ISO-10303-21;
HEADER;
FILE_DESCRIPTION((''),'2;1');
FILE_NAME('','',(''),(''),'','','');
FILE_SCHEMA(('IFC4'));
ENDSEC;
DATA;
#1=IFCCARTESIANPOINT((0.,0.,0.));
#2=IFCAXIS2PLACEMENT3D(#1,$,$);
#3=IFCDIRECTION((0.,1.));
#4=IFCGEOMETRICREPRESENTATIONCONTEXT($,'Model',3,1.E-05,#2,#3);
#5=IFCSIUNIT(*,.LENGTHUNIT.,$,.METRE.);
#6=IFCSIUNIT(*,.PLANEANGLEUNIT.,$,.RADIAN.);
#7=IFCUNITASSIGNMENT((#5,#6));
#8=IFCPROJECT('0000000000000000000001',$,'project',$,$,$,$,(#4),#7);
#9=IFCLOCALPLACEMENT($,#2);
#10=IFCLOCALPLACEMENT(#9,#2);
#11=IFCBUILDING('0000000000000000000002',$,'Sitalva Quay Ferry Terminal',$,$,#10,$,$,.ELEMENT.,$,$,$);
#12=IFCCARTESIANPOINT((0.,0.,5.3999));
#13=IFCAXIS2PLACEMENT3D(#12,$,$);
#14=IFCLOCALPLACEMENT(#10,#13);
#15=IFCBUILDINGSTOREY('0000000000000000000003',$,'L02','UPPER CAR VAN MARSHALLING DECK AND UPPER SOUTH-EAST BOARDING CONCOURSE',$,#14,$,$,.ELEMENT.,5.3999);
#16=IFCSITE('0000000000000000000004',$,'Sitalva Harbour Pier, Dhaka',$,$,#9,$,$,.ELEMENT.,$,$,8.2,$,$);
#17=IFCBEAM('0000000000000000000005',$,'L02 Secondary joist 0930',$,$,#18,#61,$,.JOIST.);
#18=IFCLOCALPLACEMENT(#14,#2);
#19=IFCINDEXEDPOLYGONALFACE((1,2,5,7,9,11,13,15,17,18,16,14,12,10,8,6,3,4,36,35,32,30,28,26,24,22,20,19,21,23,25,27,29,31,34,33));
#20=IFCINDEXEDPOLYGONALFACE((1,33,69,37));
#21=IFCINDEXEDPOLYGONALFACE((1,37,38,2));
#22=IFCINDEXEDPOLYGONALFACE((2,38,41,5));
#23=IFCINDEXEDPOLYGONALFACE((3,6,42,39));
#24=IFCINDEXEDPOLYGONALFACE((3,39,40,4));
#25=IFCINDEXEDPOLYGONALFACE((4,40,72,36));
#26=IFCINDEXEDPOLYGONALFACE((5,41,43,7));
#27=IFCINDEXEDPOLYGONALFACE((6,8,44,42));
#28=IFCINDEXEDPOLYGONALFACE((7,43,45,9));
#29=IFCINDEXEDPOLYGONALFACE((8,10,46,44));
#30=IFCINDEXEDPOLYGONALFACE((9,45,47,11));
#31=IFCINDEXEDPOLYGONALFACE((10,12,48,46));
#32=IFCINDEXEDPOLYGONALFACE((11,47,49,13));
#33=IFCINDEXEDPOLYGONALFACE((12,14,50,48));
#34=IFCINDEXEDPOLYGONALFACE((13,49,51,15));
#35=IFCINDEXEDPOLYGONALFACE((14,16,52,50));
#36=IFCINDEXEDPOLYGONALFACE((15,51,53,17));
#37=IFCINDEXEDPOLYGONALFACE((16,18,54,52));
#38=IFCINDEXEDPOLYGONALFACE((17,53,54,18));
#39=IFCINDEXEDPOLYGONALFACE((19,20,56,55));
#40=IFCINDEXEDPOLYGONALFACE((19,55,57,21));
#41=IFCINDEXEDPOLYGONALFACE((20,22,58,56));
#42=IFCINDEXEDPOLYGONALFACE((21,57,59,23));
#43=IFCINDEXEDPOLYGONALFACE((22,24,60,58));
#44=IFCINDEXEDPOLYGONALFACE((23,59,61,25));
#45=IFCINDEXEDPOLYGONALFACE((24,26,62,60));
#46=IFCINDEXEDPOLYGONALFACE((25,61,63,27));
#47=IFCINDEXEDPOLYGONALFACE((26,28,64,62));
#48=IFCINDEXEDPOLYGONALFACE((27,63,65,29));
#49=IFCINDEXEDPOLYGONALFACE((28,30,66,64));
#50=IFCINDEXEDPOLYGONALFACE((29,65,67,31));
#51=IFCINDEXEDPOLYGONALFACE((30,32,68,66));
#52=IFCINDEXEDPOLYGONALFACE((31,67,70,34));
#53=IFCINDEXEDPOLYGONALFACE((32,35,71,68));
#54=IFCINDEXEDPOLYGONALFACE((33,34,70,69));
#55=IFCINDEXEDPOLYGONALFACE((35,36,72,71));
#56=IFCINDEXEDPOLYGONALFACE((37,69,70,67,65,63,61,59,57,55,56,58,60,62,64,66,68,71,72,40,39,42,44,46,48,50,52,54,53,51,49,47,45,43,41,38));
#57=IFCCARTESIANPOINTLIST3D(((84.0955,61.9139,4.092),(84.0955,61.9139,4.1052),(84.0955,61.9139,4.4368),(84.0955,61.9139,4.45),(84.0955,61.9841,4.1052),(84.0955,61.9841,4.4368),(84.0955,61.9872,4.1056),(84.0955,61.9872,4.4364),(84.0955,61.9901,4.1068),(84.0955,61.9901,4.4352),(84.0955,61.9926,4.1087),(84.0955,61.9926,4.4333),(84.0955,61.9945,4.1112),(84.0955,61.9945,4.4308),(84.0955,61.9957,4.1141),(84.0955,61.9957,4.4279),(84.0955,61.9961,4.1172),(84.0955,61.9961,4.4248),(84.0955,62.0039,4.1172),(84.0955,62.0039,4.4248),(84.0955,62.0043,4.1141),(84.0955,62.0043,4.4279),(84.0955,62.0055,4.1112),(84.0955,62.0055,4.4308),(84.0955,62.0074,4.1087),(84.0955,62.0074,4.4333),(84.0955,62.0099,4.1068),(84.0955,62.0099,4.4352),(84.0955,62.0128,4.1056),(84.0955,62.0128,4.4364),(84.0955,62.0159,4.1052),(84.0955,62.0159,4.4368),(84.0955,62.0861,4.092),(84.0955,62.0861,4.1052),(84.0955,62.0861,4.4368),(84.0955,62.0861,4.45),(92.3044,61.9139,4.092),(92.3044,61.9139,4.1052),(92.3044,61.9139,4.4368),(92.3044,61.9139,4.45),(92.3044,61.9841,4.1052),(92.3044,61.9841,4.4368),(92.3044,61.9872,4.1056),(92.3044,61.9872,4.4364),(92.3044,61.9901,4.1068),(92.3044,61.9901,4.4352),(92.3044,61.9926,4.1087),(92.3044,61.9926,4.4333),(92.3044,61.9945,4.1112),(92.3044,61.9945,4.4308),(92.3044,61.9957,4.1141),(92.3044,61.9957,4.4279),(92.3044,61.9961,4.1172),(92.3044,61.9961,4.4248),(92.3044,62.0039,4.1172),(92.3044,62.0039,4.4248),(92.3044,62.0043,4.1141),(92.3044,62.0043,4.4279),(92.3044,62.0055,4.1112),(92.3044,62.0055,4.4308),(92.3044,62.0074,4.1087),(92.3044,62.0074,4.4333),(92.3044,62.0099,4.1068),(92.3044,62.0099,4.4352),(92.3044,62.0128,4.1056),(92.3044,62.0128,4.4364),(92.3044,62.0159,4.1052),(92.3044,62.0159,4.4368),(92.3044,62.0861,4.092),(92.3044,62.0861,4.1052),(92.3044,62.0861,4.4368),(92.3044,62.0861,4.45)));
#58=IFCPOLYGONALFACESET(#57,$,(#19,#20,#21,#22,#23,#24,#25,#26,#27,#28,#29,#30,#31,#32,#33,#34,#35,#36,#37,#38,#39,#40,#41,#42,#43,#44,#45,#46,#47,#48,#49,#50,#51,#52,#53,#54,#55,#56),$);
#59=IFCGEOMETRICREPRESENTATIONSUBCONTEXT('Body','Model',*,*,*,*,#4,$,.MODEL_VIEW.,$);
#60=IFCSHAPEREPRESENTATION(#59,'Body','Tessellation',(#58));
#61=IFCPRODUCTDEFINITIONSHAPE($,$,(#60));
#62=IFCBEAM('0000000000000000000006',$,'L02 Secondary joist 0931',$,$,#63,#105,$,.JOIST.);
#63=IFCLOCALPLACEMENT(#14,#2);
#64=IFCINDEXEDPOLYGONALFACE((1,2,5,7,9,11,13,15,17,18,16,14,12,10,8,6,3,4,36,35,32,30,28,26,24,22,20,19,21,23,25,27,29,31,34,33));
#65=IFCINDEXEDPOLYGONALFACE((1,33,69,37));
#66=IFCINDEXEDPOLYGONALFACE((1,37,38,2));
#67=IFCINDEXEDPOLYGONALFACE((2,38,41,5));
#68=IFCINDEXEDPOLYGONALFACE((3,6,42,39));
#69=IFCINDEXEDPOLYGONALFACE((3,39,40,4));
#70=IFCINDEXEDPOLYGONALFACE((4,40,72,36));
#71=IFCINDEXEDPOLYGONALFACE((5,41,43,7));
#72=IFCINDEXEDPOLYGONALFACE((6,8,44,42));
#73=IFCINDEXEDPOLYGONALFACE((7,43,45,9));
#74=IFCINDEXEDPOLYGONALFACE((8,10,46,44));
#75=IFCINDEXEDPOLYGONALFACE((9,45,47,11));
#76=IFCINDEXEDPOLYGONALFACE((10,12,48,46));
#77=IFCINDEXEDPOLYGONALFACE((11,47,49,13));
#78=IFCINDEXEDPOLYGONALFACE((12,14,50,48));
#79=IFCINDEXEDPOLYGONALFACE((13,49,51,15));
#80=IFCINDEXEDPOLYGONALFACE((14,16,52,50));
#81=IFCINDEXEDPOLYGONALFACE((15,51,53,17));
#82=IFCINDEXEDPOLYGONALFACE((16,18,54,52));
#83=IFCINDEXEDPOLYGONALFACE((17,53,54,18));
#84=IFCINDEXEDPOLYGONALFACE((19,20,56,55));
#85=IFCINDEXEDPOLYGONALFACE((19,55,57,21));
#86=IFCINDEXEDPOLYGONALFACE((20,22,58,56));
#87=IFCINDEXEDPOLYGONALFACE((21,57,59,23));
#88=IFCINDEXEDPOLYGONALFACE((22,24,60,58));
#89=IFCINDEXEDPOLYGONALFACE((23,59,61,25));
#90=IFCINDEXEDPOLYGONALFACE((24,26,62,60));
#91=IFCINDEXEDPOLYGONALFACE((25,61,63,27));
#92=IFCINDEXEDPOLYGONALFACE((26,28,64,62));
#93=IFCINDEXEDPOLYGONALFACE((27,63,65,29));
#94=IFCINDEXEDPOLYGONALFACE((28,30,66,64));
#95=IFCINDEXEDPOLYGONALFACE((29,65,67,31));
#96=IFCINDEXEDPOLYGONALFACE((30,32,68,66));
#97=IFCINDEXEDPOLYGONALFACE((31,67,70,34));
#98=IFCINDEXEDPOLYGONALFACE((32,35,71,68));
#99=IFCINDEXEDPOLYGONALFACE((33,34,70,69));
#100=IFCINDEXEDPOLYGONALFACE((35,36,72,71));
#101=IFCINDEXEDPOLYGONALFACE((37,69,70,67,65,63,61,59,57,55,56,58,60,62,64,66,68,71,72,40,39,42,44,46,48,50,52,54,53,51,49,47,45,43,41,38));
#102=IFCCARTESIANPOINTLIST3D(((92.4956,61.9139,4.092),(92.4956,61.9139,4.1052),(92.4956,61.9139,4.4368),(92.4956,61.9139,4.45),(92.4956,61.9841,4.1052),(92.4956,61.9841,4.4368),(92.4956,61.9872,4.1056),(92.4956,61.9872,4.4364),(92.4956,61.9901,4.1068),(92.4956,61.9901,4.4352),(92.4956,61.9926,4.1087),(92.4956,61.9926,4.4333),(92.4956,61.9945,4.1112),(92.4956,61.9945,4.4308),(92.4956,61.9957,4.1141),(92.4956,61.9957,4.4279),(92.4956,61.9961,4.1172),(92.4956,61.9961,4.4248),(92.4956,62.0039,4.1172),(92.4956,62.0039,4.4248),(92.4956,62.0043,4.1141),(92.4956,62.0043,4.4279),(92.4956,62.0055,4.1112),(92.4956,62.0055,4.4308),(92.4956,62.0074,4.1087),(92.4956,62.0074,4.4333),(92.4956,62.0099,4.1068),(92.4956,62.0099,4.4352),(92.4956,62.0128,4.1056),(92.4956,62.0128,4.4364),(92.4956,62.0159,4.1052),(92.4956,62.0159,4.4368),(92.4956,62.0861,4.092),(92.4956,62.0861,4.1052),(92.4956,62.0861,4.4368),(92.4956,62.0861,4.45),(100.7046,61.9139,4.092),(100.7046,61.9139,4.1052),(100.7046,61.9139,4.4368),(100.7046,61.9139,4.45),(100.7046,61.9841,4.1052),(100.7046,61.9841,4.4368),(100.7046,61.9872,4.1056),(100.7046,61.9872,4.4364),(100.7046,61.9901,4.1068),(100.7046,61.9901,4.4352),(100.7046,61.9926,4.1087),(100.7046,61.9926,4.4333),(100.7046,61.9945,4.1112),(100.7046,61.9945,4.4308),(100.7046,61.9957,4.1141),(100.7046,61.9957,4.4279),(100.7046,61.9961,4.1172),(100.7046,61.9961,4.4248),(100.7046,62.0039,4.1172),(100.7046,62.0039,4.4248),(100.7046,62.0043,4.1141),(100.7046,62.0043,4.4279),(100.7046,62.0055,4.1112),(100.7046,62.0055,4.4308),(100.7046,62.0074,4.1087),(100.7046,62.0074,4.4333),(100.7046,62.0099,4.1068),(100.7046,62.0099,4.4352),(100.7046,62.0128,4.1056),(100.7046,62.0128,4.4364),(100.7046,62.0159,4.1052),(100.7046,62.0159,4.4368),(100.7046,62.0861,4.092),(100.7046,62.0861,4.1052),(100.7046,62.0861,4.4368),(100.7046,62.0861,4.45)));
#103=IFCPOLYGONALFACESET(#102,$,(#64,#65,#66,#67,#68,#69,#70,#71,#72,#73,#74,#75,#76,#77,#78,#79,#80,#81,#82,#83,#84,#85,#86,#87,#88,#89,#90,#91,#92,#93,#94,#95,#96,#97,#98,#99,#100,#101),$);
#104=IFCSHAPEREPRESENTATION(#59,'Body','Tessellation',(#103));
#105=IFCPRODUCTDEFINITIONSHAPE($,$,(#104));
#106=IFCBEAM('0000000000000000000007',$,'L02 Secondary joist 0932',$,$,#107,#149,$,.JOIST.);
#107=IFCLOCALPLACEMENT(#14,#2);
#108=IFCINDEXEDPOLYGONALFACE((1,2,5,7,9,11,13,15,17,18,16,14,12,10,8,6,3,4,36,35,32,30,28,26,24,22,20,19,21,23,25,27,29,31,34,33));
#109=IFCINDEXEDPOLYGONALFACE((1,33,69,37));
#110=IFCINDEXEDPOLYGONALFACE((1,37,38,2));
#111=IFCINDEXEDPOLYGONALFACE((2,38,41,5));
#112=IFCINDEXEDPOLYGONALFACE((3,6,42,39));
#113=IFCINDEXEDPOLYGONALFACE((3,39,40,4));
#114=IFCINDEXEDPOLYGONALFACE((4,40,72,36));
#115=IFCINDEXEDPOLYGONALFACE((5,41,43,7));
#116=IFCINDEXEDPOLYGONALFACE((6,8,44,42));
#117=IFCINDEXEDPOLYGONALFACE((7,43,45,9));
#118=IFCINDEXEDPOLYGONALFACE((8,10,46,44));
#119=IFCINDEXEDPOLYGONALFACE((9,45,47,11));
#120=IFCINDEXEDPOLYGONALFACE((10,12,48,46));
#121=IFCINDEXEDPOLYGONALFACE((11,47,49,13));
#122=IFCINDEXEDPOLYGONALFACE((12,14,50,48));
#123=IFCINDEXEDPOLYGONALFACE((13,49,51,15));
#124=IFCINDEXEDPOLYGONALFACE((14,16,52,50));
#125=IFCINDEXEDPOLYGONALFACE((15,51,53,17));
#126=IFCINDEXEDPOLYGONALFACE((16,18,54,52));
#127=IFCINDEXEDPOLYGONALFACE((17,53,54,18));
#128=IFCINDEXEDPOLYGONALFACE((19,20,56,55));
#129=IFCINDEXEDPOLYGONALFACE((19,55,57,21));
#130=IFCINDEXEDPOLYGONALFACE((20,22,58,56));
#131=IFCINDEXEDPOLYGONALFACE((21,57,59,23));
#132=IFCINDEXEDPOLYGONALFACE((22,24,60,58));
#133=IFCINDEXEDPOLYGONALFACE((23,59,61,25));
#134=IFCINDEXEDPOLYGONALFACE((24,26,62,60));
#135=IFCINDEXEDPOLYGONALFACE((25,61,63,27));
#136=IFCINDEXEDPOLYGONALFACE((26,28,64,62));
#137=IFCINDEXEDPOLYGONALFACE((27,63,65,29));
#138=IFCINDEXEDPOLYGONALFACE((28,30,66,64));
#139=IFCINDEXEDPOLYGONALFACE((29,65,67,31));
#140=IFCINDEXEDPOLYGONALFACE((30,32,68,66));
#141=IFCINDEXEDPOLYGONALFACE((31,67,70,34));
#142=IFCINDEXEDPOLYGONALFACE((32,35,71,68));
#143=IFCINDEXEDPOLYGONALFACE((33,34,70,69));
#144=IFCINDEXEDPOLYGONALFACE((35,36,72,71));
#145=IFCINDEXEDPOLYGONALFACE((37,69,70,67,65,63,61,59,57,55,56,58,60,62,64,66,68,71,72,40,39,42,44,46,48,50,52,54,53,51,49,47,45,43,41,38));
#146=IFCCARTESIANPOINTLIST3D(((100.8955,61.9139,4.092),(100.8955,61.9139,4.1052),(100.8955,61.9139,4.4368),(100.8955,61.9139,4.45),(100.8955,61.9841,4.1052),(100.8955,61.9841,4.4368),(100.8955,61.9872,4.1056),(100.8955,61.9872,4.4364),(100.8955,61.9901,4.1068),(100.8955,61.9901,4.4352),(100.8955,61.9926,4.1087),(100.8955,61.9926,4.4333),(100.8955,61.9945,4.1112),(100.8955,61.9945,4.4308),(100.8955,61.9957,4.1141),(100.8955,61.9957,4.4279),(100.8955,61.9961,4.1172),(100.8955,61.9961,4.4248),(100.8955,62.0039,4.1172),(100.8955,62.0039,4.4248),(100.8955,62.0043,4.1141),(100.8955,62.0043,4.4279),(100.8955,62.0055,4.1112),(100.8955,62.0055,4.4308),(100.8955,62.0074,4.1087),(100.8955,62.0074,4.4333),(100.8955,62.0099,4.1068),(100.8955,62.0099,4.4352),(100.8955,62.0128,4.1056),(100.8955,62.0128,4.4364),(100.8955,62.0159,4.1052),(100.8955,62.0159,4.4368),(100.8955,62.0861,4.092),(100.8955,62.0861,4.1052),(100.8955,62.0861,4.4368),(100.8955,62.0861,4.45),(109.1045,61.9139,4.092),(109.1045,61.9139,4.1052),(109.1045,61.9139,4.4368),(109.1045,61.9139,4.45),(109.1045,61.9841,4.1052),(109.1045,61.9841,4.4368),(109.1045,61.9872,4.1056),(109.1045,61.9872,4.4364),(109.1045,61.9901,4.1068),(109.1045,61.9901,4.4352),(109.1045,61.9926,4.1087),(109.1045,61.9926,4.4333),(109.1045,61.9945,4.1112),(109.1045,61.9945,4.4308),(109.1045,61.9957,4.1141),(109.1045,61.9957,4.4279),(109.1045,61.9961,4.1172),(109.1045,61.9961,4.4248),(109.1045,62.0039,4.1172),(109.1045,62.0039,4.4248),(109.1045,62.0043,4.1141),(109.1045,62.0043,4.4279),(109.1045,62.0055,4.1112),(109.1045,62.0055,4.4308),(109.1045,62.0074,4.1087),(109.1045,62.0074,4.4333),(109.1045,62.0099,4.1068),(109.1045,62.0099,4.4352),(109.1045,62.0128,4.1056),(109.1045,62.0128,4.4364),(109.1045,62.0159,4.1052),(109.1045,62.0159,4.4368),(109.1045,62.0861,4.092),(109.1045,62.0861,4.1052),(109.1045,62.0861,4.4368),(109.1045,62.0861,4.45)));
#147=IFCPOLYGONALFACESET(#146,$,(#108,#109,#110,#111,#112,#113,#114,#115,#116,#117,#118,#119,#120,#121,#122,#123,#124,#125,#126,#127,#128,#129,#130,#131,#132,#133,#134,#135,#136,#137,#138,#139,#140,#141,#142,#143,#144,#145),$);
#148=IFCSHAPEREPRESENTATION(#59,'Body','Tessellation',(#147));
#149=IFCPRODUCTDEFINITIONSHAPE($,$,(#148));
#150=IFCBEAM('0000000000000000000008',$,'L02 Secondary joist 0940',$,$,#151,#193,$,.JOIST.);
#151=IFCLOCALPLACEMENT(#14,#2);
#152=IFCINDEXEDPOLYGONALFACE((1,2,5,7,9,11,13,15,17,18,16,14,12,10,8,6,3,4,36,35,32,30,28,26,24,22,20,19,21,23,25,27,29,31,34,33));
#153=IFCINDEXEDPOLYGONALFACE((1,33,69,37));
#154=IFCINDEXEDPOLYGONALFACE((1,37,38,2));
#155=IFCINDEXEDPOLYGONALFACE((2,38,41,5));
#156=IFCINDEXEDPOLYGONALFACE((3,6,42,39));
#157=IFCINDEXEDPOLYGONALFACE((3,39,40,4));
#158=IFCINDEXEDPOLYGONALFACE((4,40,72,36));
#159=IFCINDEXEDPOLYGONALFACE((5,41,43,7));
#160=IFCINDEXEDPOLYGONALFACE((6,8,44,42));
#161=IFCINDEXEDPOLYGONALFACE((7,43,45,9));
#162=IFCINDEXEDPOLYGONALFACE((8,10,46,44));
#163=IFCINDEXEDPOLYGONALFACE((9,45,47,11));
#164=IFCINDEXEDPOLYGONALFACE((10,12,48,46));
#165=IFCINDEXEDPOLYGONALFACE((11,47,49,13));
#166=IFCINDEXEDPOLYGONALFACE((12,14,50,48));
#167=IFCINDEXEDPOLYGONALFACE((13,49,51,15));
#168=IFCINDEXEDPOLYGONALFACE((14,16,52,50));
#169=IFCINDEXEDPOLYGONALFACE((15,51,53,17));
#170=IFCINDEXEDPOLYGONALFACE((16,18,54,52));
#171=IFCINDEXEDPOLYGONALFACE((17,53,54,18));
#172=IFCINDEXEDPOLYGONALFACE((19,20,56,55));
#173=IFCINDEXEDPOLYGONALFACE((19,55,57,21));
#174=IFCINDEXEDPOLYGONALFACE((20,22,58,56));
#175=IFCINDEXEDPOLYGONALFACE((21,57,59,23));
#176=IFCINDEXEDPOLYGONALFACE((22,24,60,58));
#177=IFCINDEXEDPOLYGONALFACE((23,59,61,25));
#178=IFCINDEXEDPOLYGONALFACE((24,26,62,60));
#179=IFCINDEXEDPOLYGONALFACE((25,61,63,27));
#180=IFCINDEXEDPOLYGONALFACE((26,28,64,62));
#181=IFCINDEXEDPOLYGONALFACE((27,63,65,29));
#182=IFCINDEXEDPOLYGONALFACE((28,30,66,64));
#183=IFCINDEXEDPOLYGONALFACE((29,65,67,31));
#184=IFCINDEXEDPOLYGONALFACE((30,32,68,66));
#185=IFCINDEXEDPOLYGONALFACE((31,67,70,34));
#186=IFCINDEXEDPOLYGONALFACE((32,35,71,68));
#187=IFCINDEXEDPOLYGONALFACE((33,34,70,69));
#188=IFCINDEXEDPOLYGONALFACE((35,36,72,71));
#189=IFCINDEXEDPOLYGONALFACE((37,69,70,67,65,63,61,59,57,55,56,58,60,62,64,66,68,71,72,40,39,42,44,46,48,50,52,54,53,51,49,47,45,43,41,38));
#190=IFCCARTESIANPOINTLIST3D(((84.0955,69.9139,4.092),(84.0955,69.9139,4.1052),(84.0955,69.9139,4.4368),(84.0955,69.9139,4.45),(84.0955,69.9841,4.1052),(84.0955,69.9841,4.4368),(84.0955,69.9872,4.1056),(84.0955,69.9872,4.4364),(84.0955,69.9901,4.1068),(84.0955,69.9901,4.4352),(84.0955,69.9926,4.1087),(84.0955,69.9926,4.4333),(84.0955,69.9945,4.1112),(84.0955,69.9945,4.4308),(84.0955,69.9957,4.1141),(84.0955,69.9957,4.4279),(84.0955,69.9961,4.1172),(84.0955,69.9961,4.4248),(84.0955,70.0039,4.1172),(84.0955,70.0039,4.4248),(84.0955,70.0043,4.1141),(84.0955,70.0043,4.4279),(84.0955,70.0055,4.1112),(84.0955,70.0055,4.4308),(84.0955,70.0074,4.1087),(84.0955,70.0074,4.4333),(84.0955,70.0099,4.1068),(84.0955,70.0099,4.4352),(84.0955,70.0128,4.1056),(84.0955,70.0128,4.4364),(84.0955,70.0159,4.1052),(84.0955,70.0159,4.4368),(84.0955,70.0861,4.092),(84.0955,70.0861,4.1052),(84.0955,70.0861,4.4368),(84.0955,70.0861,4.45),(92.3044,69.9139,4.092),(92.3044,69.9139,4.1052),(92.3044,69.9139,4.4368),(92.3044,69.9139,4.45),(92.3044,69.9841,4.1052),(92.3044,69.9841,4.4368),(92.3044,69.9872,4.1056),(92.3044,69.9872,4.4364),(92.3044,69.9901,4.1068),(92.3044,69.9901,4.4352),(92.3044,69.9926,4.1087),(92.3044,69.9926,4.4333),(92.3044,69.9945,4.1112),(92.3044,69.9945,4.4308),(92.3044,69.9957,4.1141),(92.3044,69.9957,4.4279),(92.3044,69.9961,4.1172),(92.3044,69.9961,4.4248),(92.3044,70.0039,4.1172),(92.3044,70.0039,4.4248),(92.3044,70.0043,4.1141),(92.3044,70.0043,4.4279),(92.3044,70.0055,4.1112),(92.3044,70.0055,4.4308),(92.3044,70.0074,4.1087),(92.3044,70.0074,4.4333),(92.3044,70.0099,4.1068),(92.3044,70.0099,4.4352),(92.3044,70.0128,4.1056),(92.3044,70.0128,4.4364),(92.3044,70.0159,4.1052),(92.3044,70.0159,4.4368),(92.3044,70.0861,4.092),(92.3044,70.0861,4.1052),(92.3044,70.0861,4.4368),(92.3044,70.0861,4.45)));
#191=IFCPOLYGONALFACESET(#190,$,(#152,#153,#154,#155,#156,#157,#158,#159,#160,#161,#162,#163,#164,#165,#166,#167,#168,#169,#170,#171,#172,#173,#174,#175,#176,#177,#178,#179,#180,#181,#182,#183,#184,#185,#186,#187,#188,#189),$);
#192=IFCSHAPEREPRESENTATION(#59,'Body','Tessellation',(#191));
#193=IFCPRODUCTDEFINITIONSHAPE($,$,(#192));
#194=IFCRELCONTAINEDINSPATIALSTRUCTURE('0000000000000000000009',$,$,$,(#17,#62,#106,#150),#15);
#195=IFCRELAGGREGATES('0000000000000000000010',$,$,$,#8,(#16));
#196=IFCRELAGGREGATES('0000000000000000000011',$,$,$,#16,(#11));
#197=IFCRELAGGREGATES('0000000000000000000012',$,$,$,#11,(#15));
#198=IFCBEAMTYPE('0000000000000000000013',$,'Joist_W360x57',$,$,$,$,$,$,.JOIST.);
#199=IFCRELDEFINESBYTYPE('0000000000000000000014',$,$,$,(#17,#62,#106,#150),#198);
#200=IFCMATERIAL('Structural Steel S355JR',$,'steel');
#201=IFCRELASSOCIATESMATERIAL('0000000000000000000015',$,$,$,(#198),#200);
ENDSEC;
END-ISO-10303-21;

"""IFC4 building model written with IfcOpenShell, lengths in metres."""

from ifc_helpers import new_model, si_unit, direction, frame, origin, origin_2d, place, context, subcontext, project, spatial, i_section, extrude, material, material_profile, profile_set, type_object, element, save


model = new_model("IFC4")

# Units and contexts
model_context = context("Model", 3, precision=1e-05, world=origin(), true_north=direction((0.0, 1.0)))
body_context = subcontext(model_context, "Body", "Model", "MODEL_VIEW")
ifc_project = project(units=[si_unit("LENGTHUNIT", "METRE"), si_unit("PLANEANGLEUNIT", "RADIAN")], contexts=[model_context])

# Site, building, storey
site_placement = place(None, origin())
site = spatial("IfcSite", under=ifc_project, at=site_placement, Name="Sitalva Harbour Pier, Dhaka", CompositionType="ELEMENT", RefElevation=8.2)
building_placement = place(site_placement, origin())
building = spatial("IfcBuilding", under=site, at=building_placement, Name="Sitalva Quay Ferry Terminal", CompositionType="ELEMENT")
storey_placement = place(building_placement, frame((0.0, 0.0, 5.3999)))
storey = spatial("IfcBuildingStorey", under=building, at=storey_placement, Name="L02", Description="UPPER CAR VAN MARSHALLING DECK AND UPPER SOUTH-EAST BOARDING CONCOURSE", CompositionType="ELEMENT", Elevation=5.3999)

# Beams
ifc_material_1 = material(Name="Structural Steel S355JR", Category="steel")
ifc_material_profile_1 = material_profile(ifc_material_1, i_section(OverallWidth=0.1721, OverallDepth=0.3579, WebThickness=0.0078, FlangeThickness=0.0132, FilletRadius=0.012, at=origin_2d()), Name="W360x57")
ifc_profile_set_1 = profile_set([ifc_material_profile_1], Name="Structural Steel S355JR")
beam_type_1 = type_object("IfcBeamType", Name="Joist_W360x57", PredefinedType="JOIST", material=ifc_profile_set_1)
for number, where, z_axis, x_axis, name in (
    (1, (84.0955, 62.0, 4.271), (1.0, 0.0, 0.0), (0.0, 1.0, 0.0), "L02 Secondary joist 0930"),
    (2, (92.4956, 62.0, 4.271), (1.0, 0.0, 0.0), (0.0, 1.0, 0.0), "L02 Secondary joist 0931"),
    (3, (100.8955, 62.0, 4.271), (1.0, 0.0, 0.0), (0.0, 1.0, 0.0), "L02 Secondary joist 0932"),
    (4, (84.0955, 70.0, 4.271), (1.0, 0.0, 0.0), (0.0, 1.0, 0.0), "L02 Secondary joist 0940"),
):
    element("IfcBeam", number, at=place(storey_placement, frame(where, z_axis=z_axis, x_axis=x_axis)), inside=storey, type_object=beam_type_1, Name=name, PredefinedType="JOIST", context=body_context, shape_type="SweptSolid", body=[
        extrude(i_section(OverallWidth=0.1721, OverallDepth=0.3579, WebThickness=0.0078, FlangeThickness=0.0132, FilletRadius=0.012, at=origin_2d()), origin(), (0.0, 0.0, 1.0), 8.209),
    ])

save(model, "model.ifc")
